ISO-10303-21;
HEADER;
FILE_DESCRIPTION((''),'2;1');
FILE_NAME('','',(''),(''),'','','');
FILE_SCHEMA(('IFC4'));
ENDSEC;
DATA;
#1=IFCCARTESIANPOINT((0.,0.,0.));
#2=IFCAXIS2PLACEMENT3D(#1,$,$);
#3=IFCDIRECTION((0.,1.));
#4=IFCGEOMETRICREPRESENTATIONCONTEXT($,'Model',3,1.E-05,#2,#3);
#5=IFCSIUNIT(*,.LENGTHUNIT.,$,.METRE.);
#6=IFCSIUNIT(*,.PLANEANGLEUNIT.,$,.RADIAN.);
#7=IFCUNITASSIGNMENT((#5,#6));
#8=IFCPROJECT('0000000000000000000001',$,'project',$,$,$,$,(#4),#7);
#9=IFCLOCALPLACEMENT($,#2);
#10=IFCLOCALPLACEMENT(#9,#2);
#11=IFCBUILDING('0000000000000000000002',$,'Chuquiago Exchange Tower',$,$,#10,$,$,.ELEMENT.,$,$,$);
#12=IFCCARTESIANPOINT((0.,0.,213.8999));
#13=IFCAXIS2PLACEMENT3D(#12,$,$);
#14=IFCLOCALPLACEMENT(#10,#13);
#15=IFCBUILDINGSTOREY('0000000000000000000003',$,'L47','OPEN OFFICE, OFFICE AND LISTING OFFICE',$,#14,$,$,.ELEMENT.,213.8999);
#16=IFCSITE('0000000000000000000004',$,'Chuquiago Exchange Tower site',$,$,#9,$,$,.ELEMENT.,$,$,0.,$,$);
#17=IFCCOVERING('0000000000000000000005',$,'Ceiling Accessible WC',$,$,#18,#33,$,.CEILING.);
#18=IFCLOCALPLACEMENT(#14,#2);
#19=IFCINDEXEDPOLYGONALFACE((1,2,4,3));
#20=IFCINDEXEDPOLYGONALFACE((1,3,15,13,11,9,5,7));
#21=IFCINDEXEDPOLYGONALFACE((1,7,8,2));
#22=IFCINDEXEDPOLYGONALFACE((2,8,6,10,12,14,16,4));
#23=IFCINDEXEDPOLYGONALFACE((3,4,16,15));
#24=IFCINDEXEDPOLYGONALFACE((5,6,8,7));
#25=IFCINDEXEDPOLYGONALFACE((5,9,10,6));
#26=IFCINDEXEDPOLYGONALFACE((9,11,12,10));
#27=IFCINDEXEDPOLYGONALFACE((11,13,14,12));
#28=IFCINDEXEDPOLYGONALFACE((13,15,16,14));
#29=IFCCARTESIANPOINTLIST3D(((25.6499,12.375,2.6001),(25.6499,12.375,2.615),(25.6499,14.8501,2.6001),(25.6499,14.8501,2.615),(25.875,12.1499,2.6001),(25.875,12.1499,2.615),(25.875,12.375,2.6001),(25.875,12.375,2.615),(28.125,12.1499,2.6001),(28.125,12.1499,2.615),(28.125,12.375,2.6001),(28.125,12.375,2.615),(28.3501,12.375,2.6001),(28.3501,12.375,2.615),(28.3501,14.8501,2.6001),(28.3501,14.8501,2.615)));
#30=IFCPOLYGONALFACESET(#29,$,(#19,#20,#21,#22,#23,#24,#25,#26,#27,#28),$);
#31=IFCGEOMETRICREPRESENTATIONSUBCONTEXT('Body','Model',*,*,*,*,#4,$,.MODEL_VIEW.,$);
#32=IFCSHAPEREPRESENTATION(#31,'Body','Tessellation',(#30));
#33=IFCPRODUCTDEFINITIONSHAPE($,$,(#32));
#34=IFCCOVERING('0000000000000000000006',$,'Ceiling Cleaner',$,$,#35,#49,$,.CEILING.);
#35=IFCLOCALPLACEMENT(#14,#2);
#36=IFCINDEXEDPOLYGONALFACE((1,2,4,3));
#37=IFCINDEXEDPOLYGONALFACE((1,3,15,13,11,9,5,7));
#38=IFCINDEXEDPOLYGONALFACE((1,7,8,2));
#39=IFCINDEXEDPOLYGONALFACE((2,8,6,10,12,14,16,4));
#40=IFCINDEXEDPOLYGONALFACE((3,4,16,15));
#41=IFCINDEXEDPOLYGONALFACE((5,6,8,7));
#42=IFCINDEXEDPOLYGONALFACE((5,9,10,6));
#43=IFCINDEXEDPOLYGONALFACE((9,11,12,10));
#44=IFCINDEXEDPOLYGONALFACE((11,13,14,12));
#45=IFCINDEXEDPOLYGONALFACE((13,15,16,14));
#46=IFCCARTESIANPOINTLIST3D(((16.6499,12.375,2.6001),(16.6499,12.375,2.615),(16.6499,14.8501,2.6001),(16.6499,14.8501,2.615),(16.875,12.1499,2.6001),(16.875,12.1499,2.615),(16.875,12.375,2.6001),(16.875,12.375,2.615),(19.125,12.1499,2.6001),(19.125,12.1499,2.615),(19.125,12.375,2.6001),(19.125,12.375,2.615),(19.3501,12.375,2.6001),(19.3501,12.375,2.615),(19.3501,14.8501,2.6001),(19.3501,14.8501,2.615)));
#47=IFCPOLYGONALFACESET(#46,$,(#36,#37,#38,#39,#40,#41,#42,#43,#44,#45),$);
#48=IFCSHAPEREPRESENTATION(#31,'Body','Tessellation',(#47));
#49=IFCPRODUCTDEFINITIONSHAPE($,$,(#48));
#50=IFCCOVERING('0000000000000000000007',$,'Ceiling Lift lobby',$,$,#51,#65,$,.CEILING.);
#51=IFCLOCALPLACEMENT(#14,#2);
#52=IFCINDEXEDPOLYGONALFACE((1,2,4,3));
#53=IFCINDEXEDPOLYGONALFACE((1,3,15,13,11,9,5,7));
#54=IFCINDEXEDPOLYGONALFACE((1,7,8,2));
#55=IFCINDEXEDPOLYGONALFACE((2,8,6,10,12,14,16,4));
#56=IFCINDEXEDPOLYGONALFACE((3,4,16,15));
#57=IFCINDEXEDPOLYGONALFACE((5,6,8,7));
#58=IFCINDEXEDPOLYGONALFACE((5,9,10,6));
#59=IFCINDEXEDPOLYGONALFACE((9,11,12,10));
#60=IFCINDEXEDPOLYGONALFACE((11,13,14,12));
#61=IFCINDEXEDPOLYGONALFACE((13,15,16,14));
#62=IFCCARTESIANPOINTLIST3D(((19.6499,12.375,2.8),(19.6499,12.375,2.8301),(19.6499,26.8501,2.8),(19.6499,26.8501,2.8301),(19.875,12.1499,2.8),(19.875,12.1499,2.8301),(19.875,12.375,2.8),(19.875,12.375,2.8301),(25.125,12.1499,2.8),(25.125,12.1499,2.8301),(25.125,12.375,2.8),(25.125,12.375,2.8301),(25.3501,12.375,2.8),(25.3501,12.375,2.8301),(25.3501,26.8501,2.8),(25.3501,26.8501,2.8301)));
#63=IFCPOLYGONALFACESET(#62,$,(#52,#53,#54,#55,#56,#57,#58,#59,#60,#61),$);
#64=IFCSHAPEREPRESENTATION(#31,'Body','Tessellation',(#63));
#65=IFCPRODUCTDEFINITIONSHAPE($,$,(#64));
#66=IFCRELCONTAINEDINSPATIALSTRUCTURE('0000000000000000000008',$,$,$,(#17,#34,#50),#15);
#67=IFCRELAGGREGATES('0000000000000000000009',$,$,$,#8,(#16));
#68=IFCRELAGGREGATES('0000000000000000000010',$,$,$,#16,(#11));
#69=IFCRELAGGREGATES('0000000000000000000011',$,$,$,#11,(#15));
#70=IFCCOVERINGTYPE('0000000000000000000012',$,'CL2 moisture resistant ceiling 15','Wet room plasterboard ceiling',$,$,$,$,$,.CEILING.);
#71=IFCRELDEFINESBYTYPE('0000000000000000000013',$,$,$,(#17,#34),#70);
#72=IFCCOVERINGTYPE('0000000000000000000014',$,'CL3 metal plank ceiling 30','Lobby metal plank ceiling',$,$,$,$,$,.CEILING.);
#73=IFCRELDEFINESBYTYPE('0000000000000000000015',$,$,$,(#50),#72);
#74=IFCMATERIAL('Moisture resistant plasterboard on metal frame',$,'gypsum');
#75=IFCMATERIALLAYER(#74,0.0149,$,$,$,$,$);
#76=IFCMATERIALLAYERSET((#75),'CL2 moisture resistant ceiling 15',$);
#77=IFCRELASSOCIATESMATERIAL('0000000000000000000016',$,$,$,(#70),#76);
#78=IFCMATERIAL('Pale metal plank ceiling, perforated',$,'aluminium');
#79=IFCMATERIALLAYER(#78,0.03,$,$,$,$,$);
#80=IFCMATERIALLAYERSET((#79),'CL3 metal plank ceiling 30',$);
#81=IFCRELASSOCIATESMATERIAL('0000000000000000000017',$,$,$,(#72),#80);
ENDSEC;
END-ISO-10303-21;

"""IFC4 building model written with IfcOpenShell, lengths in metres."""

from ifc_helpers import new_model, si_unit, direction, frame, origin, place, context, subcontext, project, spatial, polyline, outline, extrude, material, layer, layer_set, type_object, element, save


model = new_model("IFC4")

# Units and contexts
model_context = context("Model", 3, precision=1e-05, world=origin(), true_north=direction((0.0, 1.0)))
body_context = subcontext(model_context, "Body", "Model", "MODEL_VIEW")
ifc_project = project(units=[si_unit("LENGTHUNIT", "METRE"), si_unit("PLANEANGLEUNIT", "RADIAN")], contexts=[model_context])

# Site, building, storey
site_placement = place(None, origin())
site = spatial("IfcSite", under=ifc_project, at=site_placement, Name="Chuquiago Exchange Tower site", CompositionType="ELEMENT", RefElevation=0.0)
building_placement = place(site_placement, origin())
building = spatial("IfcBuilding", under=site, at=building_placement, Name="Chuquiago Exchange Tower", CompositionType="ELEMENT")
storey_placement = place(building_placement, frame((0.0, 0.0, 213.8999)))
storey = spatial("IfcBuildingStorey", under=building, at=storey_placement, Name="L47", Description="OPEN OFFICE, OFFICE AND LISTING OFFICE", CompositionType="ELEMENT", Elevation=213.8999)

# Coverings
ifc_material_1 = material(Name="Moisture resistant plasterboard on metal frame", Category="gypsum")
ifc_layer_1 = layer(ifc_material_1, 0.0149)
ifc_layer_set_1 = layer_set([ifc_layer_1], Name="CL2 moisture resistant ceiling 15")
covering_type_1 = type_object("IfcCoveringType", Name="CL2 moisture resistant ceiling 15", Description="Wet room plasterboard ceiling", PredefinedType="CEILING", material=ifc_layer_set_1)
covering_1_placement = place(storey_placement, frame((0.0, 0.0, 2.6001)))
element("IfcCovering", 1, at=covering_1_placement, inside=storey, type_object=covering_type_1, Name="Ceiling Accessible WC", PredefinedType="CEILING", context=body_context, shape_type="SweptSolid", body=[
    extrude(outline(polyline([(25.875, 12.1499), (25.875, 12.375), (25.6499, 12.375), (25.6499, 14.8501), (28.3501, 14.8501), (28.3501, 12.375), (28.125, 12.375), (28.125, 12.1499), (25.875, 12.1499)])), origin(), (0.0, 0.0, 1.0), 0.0149),
])
covering_2_placement = place(storey_placement, frame((0.0, 0.0, 2.6001)))
element("IfcCovering", 2, at=covering_2_placement, inside=storey, type_object=covering_type_1, Name="Ceiling Cleaner", PredefinedType="CEILING", context=body_context, shape_type="SweptSolid", body=[
    extrude(outline(polyline([(16.875, 12.1499), (16.875, 12.375), (16.6499, 12.375), (16.6499, 14.8501), (19.3501, 14.8501), (19.3501, 12.375), (19.125, 12.375), (19.125, 12.1499), (16.875, 12.1499)])), origin(), (0.0, 0.0, 1.0), 0.0149),
])
ifc_material_2 = material(Name="Pale metal plank ceiling, perforated", Category="aluminium")
ifc_layer_2 = layer(ifc_material_2, 0.03)
ifc_layer_set_2 = layer_set([ifc_layer_2], Name="CL3 metal plank ceiling 30")
covering_type_2 = type_object("IfcCoveringType", Name="CL3 metal plank ceiling 30", Description="Lobby metal plank ceiling", PredefinedType="CEILING", material=ifc_layer_set_2)
covering_3_placement = place(storey_placement, frame((0.0, 0.0, 2.8)))
element("IfcCovering", 3, at=covering_3_placement, inside=storey, type_object=covering_type_2, Name="Ceiling Lift lobby", PredefinedType="CEILING", context=body_context, shape_type="SweptSolid", body=[
    extrude(outline(polyline([(19.875, 12.1499), (19.875, 12.375), (19.6499, 12.375), (19.6499, 26.8501), (25.3501, 26.8501), (25.3501, 12.375), (25.125, 12.375), (25.125, 12.1499), (19.875, 12.1499)])), origin(), (0.0, 0.0, 1.0), 0.03),
])

save(model, "model.ifc")
